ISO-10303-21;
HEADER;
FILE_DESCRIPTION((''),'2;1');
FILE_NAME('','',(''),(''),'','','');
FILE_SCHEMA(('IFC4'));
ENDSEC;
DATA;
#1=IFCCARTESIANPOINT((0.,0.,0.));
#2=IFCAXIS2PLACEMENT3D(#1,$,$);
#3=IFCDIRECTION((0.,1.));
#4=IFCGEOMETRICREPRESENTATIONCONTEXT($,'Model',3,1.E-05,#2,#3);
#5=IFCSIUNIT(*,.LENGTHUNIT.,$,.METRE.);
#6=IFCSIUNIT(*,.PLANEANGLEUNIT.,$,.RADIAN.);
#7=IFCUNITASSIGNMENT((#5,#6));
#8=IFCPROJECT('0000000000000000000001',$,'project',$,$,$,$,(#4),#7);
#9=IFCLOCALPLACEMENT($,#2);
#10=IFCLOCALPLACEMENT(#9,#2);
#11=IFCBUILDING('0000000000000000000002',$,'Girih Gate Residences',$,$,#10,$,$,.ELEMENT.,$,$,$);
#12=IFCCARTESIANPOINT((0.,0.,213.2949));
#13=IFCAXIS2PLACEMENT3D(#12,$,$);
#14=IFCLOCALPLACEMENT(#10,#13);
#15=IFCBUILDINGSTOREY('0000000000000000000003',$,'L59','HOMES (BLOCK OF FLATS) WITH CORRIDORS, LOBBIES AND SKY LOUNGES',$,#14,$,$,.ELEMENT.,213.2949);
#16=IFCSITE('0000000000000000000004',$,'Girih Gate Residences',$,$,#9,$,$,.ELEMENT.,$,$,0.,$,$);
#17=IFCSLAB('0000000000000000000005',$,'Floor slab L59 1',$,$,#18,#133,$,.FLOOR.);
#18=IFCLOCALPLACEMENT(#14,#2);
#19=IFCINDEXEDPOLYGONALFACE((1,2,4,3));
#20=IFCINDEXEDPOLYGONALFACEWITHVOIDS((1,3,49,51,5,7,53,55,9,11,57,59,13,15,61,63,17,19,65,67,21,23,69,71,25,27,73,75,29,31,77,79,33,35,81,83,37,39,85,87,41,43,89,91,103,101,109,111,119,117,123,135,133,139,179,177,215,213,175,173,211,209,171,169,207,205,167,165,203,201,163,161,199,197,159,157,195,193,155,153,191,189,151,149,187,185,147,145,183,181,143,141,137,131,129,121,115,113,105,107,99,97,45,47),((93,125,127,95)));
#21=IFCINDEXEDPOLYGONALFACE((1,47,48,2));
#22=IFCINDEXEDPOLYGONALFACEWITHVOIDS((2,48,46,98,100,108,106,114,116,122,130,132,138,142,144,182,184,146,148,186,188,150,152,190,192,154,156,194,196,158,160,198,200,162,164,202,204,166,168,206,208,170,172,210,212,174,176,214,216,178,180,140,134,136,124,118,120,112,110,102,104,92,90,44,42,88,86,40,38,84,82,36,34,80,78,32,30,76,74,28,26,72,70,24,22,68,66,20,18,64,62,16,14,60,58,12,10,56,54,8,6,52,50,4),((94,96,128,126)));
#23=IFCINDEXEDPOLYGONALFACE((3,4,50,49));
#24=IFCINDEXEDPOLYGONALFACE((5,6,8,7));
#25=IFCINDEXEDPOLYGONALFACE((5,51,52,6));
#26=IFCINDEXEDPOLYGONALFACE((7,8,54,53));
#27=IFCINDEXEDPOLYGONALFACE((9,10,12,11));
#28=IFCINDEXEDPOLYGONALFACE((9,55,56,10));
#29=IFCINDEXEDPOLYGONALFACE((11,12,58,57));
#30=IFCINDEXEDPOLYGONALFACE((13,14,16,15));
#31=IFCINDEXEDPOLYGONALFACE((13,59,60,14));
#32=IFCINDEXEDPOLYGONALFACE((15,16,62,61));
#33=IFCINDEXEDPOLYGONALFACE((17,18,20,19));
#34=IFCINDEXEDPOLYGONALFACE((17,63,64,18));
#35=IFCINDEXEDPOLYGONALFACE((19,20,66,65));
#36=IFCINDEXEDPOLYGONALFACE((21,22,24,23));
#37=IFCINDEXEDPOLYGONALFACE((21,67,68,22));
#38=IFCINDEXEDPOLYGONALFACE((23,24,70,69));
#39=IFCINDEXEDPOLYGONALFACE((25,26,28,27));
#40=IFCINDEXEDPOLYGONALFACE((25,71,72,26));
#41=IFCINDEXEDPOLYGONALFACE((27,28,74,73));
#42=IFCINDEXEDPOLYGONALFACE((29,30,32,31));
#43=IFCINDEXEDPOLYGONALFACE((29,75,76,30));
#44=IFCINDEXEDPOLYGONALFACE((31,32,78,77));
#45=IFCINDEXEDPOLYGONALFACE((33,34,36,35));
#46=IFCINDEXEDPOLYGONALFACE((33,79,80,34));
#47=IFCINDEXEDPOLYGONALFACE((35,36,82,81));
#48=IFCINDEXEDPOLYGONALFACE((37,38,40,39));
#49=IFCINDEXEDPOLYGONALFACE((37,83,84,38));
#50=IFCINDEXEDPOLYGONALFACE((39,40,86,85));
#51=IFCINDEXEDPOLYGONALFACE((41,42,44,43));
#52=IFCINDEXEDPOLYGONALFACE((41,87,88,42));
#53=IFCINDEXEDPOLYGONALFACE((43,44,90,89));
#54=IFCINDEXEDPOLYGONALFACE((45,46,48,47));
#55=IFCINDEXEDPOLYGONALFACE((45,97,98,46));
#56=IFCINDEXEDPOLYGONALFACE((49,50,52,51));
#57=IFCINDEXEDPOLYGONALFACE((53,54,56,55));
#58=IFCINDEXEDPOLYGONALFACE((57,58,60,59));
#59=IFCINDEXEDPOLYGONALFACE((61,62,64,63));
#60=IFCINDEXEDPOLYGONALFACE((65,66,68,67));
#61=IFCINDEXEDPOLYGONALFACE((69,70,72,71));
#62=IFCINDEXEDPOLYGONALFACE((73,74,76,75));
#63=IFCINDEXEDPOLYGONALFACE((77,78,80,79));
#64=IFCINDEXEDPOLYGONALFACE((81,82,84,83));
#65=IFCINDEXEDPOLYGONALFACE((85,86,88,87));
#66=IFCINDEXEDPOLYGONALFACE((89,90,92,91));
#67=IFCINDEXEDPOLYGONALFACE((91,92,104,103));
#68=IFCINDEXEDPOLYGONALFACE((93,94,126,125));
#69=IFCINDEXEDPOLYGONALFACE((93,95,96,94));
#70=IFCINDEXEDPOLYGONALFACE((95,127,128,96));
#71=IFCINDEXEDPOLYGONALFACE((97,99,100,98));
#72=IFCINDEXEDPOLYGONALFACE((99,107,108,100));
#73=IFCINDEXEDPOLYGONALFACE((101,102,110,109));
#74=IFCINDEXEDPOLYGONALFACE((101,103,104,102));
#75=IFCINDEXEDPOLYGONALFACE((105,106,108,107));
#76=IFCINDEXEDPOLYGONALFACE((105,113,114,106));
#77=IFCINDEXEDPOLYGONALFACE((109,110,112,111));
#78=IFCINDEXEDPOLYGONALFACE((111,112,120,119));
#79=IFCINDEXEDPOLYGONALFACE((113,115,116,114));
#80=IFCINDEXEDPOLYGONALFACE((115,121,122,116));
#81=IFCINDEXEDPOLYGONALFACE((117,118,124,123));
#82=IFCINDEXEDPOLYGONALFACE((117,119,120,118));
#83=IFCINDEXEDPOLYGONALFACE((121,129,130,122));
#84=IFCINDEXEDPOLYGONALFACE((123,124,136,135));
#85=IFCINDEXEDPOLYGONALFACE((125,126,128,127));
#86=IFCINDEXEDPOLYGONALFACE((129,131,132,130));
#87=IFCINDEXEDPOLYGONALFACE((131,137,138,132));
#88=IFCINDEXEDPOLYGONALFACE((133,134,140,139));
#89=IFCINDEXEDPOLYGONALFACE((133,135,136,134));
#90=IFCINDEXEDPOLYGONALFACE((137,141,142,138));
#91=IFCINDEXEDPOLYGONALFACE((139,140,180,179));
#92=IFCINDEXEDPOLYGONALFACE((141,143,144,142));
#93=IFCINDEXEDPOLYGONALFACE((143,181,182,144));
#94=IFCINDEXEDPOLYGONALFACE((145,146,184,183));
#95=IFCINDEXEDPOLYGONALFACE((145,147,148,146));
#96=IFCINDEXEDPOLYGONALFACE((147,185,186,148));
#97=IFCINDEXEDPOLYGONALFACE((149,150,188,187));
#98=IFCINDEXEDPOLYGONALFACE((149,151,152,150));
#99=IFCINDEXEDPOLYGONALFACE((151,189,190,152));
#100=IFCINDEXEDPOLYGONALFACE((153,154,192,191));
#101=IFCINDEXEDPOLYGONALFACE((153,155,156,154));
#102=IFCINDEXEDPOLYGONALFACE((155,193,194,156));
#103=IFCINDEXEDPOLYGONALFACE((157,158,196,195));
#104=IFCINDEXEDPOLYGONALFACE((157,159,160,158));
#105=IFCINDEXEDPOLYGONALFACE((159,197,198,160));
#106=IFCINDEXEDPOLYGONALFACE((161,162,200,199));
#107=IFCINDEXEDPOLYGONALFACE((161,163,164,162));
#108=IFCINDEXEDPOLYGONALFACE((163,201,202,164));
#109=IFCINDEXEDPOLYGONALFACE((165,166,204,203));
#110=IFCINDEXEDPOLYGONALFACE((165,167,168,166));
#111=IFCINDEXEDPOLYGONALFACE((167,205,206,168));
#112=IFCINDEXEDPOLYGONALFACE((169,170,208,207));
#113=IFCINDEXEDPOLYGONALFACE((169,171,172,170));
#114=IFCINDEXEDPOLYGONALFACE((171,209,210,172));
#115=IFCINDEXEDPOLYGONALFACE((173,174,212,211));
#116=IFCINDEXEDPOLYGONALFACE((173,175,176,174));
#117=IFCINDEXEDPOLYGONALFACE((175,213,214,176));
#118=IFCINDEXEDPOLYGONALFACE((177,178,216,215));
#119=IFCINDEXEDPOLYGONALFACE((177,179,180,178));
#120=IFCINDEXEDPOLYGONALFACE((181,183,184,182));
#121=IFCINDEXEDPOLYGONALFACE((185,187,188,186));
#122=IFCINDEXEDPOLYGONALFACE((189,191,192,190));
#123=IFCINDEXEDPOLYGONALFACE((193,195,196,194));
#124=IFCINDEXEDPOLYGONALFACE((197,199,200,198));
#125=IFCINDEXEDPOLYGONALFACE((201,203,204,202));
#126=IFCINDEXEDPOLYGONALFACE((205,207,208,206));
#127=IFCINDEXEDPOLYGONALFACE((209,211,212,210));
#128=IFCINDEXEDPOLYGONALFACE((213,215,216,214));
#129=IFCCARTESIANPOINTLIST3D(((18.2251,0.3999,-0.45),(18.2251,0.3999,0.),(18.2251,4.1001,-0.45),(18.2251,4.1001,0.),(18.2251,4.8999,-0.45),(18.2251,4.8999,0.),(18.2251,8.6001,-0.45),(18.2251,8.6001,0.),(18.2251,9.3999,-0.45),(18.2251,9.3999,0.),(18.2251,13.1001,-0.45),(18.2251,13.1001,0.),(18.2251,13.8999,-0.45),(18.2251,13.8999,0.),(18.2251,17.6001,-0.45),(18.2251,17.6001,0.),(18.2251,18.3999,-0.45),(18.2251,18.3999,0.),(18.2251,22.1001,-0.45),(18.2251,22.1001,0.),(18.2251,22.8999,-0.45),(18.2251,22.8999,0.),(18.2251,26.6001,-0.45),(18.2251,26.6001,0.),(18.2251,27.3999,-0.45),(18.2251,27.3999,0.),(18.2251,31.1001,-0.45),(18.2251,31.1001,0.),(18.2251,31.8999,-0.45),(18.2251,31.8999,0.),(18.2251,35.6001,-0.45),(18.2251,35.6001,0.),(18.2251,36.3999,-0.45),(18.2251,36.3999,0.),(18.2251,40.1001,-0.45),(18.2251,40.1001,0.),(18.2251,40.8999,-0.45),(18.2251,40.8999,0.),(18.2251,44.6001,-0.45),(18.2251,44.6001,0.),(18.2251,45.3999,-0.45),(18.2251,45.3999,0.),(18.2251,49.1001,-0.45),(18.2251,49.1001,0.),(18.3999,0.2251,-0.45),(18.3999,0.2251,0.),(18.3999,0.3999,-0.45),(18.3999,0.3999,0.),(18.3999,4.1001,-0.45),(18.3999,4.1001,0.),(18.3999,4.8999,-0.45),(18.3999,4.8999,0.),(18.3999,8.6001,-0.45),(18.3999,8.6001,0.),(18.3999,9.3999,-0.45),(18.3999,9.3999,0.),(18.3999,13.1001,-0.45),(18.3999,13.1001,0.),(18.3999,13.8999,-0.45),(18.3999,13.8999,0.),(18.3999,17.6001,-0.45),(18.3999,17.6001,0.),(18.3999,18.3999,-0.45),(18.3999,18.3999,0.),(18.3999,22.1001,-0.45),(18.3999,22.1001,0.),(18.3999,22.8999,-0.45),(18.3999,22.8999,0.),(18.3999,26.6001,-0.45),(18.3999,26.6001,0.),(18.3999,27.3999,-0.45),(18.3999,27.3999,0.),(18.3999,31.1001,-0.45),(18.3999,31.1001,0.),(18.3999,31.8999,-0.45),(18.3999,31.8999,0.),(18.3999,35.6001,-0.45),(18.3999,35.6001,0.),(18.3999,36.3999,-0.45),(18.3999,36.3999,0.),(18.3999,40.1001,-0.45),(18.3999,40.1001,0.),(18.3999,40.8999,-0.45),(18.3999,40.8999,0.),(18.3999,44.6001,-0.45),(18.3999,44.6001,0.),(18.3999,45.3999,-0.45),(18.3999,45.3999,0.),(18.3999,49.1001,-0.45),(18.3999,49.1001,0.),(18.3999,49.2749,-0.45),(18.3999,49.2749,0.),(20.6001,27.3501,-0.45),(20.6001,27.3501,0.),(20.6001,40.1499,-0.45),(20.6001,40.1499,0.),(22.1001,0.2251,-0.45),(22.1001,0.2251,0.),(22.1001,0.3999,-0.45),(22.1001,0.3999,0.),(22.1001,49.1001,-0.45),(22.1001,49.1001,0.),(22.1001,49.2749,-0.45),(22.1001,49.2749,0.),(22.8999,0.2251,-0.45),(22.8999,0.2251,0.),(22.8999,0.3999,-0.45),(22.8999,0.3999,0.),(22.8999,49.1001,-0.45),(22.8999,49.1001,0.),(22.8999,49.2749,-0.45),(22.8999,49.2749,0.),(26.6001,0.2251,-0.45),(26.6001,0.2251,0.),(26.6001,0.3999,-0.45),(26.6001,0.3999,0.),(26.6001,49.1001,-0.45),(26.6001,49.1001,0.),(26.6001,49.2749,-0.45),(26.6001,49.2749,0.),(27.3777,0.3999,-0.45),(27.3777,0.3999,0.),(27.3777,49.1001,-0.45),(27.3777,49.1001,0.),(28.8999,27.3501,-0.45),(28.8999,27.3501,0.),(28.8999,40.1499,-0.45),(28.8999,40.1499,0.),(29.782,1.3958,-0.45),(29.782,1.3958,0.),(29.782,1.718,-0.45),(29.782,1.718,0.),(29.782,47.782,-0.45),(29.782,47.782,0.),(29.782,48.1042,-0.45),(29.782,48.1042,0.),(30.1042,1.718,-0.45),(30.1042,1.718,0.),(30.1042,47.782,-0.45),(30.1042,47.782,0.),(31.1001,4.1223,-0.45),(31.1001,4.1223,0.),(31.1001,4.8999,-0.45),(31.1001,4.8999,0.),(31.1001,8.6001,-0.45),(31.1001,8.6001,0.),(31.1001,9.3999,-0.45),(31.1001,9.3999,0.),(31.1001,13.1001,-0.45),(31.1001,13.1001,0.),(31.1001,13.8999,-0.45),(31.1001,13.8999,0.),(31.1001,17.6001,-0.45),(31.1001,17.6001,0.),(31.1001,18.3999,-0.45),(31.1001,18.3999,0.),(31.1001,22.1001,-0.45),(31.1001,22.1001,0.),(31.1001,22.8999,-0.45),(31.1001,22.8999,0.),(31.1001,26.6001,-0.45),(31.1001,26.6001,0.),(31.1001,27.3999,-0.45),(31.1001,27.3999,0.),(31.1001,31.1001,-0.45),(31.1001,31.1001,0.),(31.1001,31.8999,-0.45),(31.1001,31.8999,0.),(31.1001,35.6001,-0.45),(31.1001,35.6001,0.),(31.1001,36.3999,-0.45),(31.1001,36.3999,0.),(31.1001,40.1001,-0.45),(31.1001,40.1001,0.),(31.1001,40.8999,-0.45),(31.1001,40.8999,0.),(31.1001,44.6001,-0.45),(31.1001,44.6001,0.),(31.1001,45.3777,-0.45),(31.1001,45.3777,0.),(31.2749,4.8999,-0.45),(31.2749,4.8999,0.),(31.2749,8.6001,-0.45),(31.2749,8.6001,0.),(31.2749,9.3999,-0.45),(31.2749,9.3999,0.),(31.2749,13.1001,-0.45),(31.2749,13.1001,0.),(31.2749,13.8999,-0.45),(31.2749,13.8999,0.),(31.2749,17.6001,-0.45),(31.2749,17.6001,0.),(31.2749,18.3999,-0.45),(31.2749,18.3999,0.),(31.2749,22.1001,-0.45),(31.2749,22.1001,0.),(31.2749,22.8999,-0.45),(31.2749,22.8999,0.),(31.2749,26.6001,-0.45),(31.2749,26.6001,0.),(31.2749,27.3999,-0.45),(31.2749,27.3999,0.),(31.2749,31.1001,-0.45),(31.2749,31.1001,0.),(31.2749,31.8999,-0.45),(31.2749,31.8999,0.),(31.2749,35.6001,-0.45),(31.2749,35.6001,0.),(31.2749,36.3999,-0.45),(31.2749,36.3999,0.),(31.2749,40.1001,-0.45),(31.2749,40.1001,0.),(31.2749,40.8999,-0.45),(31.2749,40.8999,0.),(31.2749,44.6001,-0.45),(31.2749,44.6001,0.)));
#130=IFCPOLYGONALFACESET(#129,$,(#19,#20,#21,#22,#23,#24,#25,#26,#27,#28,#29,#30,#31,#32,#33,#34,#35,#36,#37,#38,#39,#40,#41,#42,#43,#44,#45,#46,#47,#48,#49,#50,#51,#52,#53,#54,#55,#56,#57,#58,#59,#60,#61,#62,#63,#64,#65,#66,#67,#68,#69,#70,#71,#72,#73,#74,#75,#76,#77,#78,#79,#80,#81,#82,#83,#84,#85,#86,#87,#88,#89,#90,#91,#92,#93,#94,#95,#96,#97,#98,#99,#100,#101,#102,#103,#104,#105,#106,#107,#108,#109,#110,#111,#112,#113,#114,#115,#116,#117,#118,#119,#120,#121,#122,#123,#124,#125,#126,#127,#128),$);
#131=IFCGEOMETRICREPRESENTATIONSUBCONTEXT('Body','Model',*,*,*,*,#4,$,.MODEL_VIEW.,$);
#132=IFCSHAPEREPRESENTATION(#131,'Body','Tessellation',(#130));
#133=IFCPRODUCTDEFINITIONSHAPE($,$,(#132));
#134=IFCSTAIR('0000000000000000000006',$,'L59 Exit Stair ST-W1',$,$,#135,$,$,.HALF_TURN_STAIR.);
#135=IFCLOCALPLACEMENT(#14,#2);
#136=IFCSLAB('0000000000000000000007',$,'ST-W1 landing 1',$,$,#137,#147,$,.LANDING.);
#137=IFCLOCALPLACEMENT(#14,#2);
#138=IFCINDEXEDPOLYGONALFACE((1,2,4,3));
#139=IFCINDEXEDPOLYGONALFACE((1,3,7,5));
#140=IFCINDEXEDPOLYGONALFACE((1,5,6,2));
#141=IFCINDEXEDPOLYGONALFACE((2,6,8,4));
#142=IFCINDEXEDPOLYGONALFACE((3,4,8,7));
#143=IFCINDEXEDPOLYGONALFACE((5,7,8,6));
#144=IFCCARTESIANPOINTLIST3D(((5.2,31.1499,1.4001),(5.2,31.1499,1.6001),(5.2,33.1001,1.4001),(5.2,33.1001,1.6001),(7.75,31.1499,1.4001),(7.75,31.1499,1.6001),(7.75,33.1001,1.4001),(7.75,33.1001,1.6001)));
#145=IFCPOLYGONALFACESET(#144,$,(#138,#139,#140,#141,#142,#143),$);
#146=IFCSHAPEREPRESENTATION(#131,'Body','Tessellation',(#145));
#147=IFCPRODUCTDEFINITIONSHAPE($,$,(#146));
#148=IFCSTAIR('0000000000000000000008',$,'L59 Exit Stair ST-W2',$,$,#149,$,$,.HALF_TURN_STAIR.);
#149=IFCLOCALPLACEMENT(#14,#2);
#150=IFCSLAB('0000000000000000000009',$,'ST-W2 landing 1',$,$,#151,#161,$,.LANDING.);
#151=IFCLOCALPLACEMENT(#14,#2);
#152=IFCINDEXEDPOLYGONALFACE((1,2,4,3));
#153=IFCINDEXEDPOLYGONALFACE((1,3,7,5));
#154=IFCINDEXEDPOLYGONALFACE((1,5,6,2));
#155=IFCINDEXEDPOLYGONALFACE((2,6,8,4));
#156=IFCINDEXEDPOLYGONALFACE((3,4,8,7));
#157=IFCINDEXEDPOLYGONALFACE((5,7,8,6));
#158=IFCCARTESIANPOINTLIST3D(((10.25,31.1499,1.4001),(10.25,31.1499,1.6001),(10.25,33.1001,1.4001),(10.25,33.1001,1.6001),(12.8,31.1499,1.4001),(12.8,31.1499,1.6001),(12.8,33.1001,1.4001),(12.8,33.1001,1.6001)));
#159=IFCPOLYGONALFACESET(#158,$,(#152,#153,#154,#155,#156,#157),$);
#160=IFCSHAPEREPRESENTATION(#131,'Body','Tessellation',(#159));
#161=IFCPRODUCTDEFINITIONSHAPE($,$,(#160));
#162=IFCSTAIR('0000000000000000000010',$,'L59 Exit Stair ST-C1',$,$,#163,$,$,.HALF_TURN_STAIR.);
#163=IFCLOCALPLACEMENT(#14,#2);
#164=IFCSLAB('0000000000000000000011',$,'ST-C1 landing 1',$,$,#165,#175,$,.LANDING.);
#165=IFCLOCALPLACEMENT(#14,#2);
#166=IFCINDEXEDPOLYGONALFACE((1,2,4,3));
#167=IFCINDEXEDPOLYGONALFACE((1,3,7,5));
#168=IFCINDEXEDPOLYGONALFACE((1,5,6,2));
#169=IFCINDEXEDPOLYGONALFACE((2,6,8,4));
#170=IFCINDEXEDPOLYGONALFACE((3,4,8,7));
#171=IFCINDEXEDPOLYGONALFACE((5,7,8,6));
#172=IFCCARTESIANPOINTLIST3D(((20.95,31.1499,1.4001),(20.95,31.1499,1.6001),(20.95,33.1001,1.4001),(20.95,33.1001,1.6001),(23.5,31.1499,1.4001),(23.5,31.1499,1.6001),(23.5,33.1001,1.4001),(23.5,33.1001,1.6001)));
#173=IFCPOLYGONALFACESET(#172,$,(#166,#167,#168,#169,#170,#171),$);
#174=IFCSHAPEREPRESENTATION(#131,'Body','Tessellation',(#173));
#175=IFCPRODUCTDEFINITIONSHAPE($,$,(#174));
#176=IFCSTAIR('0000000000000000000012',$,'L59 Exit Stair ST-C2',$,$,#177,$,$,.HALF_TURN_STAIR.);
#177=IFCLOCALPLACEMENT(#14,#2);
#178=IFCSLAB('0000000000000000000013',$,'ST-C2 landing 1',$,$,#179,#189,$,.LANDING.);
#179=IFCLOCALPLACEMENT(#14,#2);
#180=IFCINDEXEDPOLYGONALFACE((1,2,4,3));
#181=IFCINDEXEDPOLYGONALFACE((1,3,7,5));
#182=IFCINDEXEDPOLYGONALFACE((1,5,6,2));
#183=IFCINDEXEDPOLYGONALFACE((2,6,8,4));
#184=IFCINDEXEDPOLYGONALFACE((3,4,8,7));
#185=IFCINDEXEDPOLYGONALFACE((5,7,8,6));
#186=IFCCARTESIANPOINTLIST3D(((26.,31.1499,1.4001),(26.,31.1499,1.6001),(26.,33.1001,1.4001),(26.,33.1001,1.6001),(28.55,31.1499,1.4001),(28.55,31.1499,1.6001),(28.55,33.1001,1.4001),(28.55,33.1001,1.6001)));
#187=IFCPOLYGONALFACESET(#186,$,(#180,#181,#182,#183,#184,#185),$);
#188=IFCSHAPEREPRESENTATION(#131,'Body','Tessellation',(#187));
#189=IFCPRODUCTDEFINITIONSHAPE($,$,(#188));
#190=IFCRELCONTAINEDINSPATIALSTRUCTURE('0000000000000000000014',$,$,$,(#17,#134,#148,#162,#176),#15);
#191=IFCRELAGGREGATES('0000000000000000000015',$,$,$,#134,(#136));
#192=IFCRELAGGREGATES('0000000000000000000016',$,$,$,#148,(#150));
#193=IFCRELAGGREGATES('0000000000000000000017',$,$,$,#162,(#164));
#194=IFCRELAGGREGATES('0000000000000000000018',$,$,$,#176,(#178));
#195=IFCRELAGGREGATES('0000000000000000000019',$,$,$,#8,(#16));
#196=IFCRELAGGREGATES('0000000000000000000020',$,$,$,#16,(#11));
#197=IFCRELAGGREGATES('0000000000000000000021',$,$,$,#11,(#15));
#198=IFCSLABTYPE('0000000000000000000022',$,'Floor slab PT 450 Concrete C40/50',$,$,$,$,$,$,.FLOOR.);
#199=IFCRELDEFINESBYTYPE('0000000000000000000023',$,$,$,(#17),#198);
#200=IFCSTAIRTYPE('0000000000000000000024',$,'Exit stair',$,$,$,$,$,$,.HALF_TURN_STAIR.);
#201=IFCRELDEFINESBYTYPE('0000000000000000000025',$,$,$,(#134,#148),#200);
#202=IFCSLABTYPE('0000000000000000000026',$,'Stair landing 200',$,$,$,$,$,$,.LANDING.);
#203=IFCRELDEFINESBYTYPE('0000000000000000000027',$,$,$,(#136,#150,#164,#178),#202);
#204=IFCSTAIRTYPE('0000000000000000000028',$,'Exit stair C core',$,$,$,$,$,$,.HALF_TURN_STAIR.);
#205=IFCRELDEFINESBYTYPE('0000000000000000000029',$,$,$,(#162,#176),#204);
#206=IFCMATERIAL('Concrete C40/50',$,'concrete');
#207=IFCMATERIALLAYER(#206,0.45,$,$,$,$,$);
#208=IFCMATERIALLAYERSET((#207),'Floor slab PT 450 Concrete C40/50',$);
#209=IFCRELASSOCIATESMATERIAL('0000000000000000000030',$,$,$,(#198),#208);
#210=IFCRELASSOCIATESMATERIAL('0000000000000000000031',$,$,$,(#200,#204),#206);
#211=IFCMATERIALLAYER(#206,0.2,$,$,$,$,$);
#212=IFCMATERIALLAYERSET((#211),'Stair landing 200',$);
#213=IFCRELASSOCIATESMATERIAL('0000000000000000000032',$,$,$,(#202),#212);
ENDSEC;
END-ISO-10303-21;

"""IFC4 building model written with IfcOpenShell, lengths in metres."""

from ifc_helpers import new_model, si_unit, direction, frame, origin, place, context, subcontext, project, spatial, polyline, outline, extrude, material, layer, layer_set, type_object, element, aggregate, save


model = new_model("IFC4")

# Units and contexts
model_context = context("Model", 3, precision=1e-05, world=origin(), true_north=direction((0.0, 1.0)))
body_context = subcontext(model_context, "Body", "Model", "MODEL_VIEW")
ifc_project = project(units=[si_unit("LENGTHUNIT", "METRE"), si_unit("PLANEANGLEUNIT", "RADIAN")], contexts=[model_context])

# Site, building, storey
site_placement = place(None, origin())
site = spatial("IfcSite", under=ifc_project, at=site_placement, Name="Girih Gate Residences", CompositionType="ELEMENT", RefElevation=0.0)
building_placement = place(site_placement, origin())
building = spatial("IfcBuilding", under=site, at=building_placement, Name="Girih Gate Residences", CompositionType="ELEMENT")
storey_placement = place(building_placement, frame((0.0, 0.0, 213.2949)))
storey = spatial("IfcBuildingStorey", under=building, at=storey_placement, Name="L59", Description="HOMES (BLOCK OF FLATS) WITH CORRIDORS, LOBBIES AND SKY LOUNGES", CompositionType="ELEMENT", Elevation=213.2949)

# Slab
ifc_material_1 = material(Name="Concrete C40/50", Category="concrete")
ifc_layer_1 = layer(ifc_material_1, 0.45)
ifc_layer_set_1 = layer_set([ifc_layer_1], Name="Floor slab PT 450 Concrete C40/50")
slab_type_1 = type_object("IfcSlabType", Name="Floor slab PT 450 Concrete C40/50", PredefinedType="FLOOR", material=ifc_layer_set_1)
slab_1_placement = place(storey_placement, frame((0.0, 0.0, -0.45)))
element("IfcSlab", 1, at=slab_1_placement, inside=storey, type_object=slab_type_1, Name="Floor slab L59 1", PredefinedType="FLOOR", context=body_context, shape_type="SweptSolid", body=[
    extrude(outline(polyline([(22.8999, 0.2251), (26.6001, 0.2251), (26.6001, 0.3999), (27.3777, 0.3999), (29.782, 1.3958), (29.782, 1.718), (30.1042, 1.718), (31.1001, 4.1223), (31.1001, 4.8999), (31.2749, 4.8999), (31.2749, 8.6001), (31.1001, 8.6001), (31.1001, 9.3999), (31.2749, 9.3999), (31.2749, 13.1001), (31.1001, 13.1001), (31.1001, 13.8999), (31.2749, 13.8999), (31.2749, 17.6001), (31.1001, 17.6001), (31.1001, 18.3999), (31.2749, 18.3999), (31.2749, 22.1001), (31.1001, 22.1001), (31.1001, 22.8999), (31.2749, 22.8999), (31.2749, 26.6001), (31.1001, 26.6001), (31.1001, 27.3999), (31.2749, 27.3999), (31.2749, 31.1001), (31.1001, 31.1001), (31.1001, 31.8999), (31.2749, 31.8999), (31.2749, 35.6001), (31.1001, 35.6001), (31.1001, 36.3999), (31.2749, 36.3999), (31.2749, 40.1001), (31.1001, 40.1001), (31.1001, 40.8999), (31.2749, 40.8999), (31.2749, 44.6001), (31.1001, 44.6001), (31.1001, 45.3777), (30.1042, 47.782), (29.782, 47.782), (29.782, 48.1042), (27.3777, 49.1001), (26.6001, 49.1001), (26.6001, 49.2749), (22.8999, 49.2749), (22.8999, 49.1001), (22.1001, 49.1001), (22.1001, 49.2749), (18.3999, 49.2749), (18.3999, 49.1001), (18.2251, 49.1001), (18.2251, 45.3999), (18.3999, 45.3999), (18.3999, 44.6001), (18.2251, 44.6001), (18.2251, 40.8999), (18.3999, 40.8999), (18.3999, 40.1001), (18.2251, 40.1001), (18.2251, 36.3999), (18.3999, 36.3999), (18.3999, 35.6001), (18.2251, 35.6001), (18.2251, 31.8999), (18.3999, 31.8999), (18.3999, 31.1001), (18.2251, 31.1001), (18.2251, 27.3999), (18.3999, 27.3999), (18.3999, 26.6001), (18.2251, 26.6001), (18.2251, 22.8999), (18.3999, 22.8999), (18.3999, 22.1001), (18.2251, 22.1001), (18.2251, 18.3999), (18.3999, 18.3999), (18.3999, 17.6001), (18.2251, 17.6001), (18.2251, 13.8999), (18.3999, 13.8999), (18.3999, 13.1001), (18.2251, 13.1001), (18.2251, 9.3999), (18.3999, 9.3999), (18.3999, 8.6001), (18.2251, 8.6001), (18.2251, 4.8999), (18.3999, 4.8999), (18.3999, 4.1001), (18.2251, 4.1001), (18.2251, 0.3999), (18.3999, 0.3999), (18.3999, 0.2251), (22.1001, 0.2251), (22.1001, 0.3999), (22.8999, 0.3999), (22.8999, 0.2251)]), holes=[polyline([(28.8999, 40.1499), (28.8999, 27.3501), (20.6001, 27.3501), (20.6001, 40.1499), (28.8999, 40.1499)])]), origin(), (0.0, 0.0, 1.0), 0.45),
])

# Stairs, slabs
stair_type_1 = type_object("IfcStairType", Name="Exit stair", PredefinedType="HALF_TURN_STAIR", material=ifc_material_1)
stair_1_placement = place(storey_placement, origin())
stair_1 = element("IfcStair", 2, at=stair_1_placement, inside=storey, type_object=stair_type_1, Name="L59 Exit Stair ST-W1", PredefinedType="HALF_TURN_STAIR")
ifc_layer_2 = layer(ifc_material_1, 0.2)
ifc_layer_set_2 = layer_set([ifc_layer_2], Name="Stair landing 200")
slab_type_2 = type_object("IfcSlabType", Name="Stair landing 200", PredefinedType="LANDING", material=ifc_layer_set_2)
slab_2_placement = place(storey_placement, frame((0.0, 0.0, 1.4001)))
slab_2 = element("IfcSlab", 3, at=slab_2_placement, type_object=slab_type_2, Name="ST-W1 landing 1", PredefinedType="LANDING", context=body_context, shape_type="SweptSolid", body=[
    extrude(outline(polyline([(7.75, 31.1499), (7.75, 33.1001), (5.2, 33.1001), (5.2, 31.1499), (7.75, 31.1499)])), origin(), (0.0, 0.0, 1.0), 0.2),
])
aggregate(stair_1, [slab_2])
stair_2_placement = place(storey_placement, origin())
stair_2 = element("IfcStair", 4, at=stair_2_placement, inside=storey, type_object=stair_type_1, Name="L59 Exit Stair ST-W2", PredefinedType="HALF_TURN_STAIR")
slab_3_placement = place(storey_placement, frame((0.0, 0.0, 1.4001)))
slab_3 = element("IfcSlab", 5, at=slab_3_placement, type_object=slab_type_2, Name="ST-W2 landing 1", PredefinedType="LANDING", context=body_context, shape_type="SweptSolid", body=[
    extrude(outline(polyline([(12.8, 31.1499), (12.8, 33.1001), (10.25, 33.1001), (10.25, 31.1499), (12.8, 31.1499)])), origin(), (0.0, 0.0, 1.0), 0.2),
])
aggregate(stair_2, [slab_3])
stair_type_2 = type_object("IfcStairType", Name="Exit stair C core", PredefinedType="HALF_TURN_STAIR", material=ifc_material_1)
stair_3_placement = place(storey_placement, origin())
stair_3 = element("IfcStair", 6, at=stair_3_placement, inside=storey, type_object=stair_type_2, Name="L59 Exit Stair ST-C1", PredefinedType="HALF_TURN_STAIR")
slab_4_placement = place(storey_placement, frame((0.0, 0.0, 1.4001)))
slab_4 = element("IfcSlab", 7, at=slab_4_placement, type_object=slab_type_2, Name="ST-C1 landing 1", PredefinedType="LANDING", context=body_context, shape_type="SweptSolid", body=[
    extrude(outline(polyline([(23.5, 31.1499), (23.5, 33.1001), (20.95, 33.1001), (20.95, 31.1499), (23.5, 31.1499)])), origin(), (0.0, 0.0, 1.0), 0.2),
])
aggregate(stair_3, [slab_4])
stair_4_placement = place(storey_placement, origin())
stair_4 = element("IfcStair", 8, at=stair_4_placement, inside=storey, type_object=stair_type_2, Name="L59 Exit Stair ST-C2", PredefinedType="HALF_TURN_STAIR")
slab_5_placement = place(storey_placement, frame((0.0, 0.0, 1.4001)))
slab_5 = element("IfcSlab", 9, at=slab_5_placement, type_object=slab_type_2, Name="ST-C2 landing 1", PredefinedType="LANDING", context=body_context, shape_type="SweptSolid", body=[
    extrude(outline(polyline([(28.55, 31.1499), (28.55, 33.1001), (26.0, 33.1001), (26.0, 31.1499), (28.55, 31.1499)])), origin(), (0.0, 0.0, 1.0), 0.2),
])
aggregate(stair_4, [slab_5])

save(model, "model.ifc")
